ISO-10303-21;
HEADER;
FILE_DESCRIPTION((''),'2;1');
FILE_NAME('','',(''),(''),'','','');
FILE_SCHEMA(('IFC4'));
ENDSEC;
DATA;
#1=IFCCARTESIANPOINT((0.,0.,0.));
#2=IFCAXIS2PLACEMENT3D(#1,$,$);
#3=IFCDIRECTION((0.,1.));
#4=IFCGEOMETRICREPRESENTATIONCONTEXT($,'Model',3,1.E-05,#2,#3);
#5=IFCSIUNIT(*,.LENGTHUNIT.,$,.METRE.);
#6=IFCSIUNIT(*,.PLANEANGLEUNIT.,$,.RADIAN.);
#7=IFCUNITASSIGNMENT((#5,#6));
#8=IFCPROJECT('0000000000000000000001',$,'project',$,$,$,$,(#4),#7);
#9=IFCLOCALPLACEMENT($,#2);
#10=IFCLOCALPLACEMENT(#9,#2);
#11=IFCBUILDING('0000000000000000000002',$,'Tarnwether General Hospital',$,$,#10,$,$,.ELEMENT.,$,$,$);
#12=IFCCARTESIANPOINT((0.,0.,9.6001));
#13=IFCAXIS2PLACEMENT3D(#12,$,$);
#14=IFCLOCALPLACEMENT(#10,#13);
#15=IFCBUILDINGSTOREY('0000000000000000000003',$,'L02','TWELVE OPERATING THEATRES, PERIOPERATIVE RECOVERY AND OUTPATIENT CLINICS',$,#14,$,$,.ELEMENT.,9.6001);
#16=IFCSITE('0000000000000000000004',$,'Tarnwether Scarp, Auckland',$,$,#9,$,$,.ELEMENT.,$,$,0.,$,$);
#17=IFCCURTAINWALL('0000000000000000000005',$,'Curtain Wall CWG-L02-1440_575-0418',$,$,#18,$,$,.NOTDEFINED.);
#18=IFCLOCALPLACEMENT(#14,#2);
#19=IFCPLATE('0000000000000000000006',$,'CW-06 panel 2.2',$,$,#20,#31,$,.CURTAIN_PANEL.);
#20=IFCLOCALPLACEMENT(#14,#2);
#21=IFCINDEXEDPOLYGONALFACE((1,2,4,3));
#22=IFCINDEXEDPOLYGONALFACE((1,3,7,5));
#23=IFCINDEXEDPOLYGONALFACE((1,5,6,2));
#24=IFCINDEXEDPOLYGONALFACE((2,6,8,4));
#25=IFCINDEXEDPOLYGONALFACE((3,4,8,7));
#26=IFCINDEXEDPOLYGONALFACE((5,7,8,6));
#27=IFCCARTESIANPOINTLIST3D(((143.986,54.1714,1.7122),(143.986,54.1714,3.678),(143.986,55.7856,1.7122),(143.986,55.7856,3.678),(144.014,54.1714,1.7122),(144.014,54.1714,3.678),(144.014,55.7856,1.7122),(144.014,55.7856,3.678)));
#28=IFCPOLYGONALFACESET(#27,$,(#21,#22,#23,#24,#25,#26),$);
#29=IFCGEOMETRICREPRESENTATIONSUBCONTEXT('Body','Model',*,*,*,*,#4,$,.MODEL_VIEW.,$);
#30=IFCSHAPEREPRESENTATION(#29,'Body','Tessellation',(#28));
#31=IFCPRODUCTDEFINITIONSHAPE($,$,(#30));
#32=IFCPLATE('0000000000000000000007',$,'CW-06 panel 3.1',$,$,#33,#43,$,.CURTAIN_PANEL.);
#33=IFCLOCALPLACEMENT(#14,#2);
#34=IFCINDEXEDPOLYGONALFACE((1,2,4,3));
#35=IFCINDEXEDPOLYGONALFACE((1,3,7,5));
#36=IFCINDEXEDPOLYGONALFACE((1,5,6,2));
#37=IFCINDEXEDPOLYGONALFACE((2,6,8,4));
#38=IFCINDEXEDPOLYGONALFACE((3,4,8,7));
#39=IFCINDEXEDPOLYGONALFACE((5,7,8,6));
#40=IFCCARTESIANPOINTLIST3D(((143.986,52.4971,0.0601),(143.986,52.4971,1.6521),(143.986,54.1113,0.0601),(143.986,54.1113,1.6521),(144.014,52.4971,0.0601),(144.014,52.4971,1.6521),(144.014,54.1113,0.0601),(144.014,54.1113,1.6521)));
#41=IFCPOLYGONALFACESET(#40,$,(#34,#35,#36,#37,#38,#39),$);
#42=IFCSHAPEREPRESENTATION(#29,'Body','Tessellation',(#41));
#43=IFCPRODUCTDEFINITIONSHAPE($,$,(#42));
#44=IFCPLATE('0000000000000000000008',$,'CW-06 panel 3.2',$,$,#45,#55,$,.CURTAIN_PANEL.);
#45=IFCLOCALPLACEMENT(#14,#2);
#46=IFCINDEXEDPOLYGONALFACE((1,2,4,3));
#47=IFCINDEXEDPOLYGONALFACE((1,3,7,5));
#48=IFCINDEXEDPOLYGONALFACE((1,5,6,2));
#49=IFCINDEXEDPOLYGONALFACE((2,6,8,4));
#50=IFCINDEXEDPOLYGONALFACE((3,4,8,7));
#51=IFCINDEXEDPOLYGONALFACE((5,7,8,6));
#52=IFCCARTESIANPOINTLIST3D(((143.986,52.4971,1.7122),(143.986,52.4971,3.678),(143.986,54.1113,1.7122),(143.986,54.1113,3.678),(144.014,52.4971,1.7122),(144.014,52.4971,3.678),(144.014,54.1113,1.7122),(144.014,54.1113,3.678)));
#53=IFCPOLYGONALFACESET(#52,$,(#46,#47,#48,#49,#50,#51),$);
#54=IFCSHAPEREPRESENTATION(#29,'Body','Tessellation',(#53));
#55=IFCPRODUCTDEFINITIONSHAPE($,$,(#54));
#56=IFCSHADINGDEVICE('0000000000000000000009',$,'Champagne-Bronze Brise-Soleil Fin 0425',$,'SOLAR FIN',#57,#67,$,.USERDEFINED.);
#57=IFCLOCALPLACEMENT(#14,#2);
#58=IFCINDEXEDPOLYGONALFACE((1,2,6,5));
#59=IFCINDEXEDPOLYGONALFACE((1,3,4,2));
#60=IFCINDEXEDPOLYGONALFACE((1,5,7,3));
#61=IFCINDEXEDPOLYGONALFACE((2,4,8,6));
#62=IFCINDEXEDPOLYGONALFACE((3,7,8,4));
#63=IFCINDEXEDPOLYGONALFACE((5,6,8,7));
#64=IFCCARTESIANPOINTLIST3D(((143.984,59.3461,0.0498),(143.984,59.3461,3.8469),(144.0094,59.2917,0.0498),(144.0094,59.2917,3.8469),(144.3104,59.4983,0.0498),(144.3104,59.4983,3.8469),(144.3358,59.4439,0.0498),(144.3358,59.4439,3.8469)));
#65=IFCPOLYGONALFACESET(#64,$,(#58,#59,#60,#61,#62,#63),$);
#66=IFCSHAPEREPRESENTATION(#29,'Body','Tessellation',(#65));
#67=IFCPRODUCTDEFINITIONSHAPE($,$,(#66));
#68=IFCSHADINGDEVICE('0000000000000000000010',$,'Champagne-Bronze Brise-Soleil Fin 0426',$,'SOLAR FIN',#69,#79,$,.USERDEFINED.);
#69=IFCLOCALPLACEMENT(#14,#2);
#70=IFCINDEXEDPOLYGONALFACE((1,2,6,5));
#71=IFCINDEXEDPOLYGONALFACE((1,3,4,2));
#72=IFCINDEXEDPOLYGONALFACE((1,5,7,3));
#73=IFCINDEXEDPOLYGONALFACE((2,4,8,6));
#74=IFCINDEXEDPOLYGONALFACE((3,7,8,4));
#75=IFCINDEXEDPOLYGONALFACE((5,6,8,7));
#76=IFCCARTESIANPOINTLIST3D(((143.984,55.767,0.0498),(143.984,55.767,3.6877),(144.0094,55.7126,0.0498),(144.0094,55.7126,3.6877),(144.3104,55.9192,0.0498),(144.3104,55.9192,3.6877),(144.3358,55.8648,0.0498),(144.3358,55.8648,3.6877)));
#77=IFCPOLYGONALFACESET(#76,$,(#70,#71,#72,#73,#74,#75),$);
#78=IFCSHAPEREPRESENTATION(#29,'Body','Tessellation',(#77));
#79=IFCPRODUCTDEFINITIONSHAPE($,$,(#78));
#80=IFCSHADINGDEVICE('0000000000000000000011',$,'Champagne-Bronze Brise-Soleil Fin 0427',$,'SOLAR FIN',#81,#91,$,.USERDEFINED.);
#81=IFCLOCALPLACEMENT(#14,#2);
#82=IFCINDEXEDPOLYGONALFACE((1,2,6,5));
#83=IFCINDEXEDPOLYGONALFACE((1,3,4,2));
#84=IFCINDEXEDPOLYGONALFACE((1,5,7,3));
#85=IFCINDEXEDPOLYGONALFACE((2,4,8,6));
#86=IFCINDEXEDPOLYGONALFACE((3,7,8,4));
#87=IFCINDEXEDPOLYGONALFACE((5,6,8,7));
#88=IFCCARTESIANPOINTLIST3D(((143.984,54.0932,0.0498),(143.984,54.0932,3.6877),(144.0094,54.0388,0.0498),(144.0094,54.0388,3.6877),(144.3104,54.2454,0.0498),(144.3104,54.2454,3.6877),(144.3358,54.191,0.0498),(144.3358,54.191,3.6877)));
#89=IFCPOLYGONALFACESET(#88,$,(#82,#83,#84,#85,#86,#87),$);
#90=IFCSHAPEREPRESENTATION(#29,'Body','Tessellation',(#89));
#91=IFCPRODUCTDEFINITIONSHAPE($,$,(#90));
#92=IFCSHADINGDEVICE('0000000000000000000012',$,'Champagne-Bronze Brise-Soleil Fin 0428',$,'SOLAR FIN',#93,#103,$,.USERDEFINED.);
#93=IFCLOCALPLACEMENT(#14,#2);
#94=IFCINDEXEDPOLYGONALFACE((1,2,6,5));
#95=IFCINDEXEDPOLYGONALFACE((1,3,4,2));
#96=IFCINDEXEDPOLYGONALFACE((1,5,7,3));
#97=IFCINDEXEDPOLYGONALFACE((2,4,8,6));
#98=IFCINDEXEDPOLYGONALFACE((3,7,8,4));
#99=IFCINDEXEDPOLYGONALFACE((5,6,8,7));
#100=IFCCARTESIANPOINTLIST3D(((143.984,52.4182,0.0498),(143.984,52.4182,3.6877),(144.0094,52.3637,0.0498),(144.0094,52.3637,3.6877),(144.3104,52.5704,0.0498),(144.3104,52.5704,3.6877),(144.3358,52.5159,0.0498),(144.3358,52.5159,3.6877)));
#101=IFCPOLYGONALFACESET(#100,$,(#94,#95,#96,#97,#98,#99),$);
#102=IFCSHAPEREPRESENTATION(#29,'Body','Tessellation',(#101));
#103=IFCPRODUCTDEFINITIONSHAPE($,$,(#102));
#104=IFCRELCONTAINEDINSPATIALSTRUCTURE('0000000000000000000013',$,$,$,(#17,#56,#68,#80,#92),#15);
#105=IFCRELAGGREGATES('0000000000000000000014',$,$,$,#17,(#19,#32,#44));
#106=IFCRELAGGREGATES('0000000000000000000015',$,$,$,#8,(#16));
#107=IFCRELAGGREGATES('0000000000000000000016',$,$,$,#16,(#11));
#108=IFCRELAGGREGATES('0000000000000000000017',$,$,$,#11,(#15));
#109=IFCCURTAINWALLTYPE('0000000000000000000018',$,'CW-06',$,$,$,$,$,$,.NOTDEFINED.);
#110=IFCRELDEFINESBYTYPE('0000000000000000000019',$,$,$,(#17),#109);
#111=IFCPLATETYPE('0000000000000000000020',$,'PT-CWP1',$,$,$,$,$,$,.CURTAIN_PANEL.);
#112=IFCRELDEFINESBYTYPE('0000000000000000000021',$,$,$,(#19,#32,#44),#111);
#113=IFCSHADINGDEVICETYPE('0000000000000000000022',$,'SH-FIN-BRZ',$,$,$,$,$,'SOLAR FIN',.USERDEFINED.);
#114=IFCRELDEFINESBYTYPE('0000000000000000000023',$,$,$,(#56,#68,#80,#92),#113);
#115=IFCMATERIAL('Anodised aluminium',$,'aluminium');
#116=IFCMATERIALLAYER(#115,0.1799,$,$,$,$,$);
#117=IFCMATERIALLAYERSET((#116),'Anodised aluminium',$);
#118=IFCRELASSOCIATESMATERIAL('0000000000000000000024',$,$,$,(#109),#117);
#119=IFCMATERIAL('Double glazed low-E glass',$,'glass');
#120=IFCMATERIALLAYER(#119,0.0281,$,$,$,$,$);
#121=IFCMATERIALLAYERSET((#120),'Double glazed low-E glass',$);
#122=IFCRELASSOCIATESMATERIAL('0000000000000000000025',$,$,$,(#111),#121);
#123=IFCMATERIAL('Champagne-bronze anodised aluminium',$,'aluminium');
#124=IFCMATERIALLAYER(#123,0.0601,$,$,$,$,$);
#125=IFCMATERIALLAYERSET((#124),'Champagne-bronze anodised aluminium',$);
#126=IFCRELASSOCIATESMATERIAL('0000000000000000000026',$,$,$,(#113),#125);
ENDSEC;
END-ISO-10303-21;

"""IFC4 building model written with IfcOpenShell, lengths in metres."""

from ifc_helpers import new_model, si_unit, direction, frame, origin, origin_2d, place, context, subcontext, project, spatial, rectangle, extrude, material, layer, layer_set, type_object, element, aggregate, save


model = new_model("IFC4")

# Units and contexts
model_context = context("Model", 3, precision=1e-05, world=origin(), true_north=direction((0.0, 1.0)))
body_context = subcontext(model_context, "Body", "Model", "MODEL_VIEW")
ifc_project = project(units=[si_unit("LENGTHUNIT", "METRE"), si_unit("PLANEANGLEUNIT", "RADIAN")], contexts=[model_context])

# Site, building, storey
site_placement = place(None, origin())
site = spatial("IfcSite", under=ifc_project, at=site_placement, Name="Tarnwether Scarp, Auckland", CompositionType="ELEMENT", RefElevation=0.0)
building_placement = place(site_placement, origin())
building = spatial("IfcBuilding", under=site, at=building_placement, Name="Tarnwether General Hospital", CompositionType="ELEMENT")
storey_placement = place(building_placement, frame((0.0, 0.0, 9.6001)))
storey = spatial("IfcBuildingStorey", under=building, at=storey_placement, Name="L02", Description="TWELVE OPERATING THEATRES, PERIOPERATIVE RECOVERY AND OUTPATIENT CLINICS", CompositionType="ELEMENT", Elevation=9.6001)

# Curtain wall
ifc_material_1 = material(Name="Anodised aluminium", Category="aluminium")
ifc_layer_1 = layer(ifc_material_1, 0.1799)
ifc_layer_set_1 = layer_set([ifc_layer_1], Name="Anodised aluminium")
curtain_wall_type = type_object("IfcCurtainWallType", Name="CW-06", PredefinedType="NOTDEFINED", material=ifc_layer_set_1)
curtain_wall_1_placement = place(storey_placement, origin())
curtain_wall_1 = element("IfcCurtainWall", 1, at=curtain_wall_1_placement, inside=storey, type_object=curtain_wall_type, Name="Curtain Wall CWG-L02-1440_575-0418", PredefinedType="NOTDEFINED")

# Plates
ifc_material_2 = material(Name="Double glazed low-E glass", Category="glass")
ifc_layer_2 = layer(ifc_material_2, 0.0281)
ifc_layer_set_2 = layer_set([ifc_layer_2], Name="Double glazed low-E glass")
plate_type = type_object("IfcPlateType", Name="PT-CWP1", PredefinedType="CURTAIN_PANEL", material=ifc_layer_set_2)
plate_1_placement = place(storey_placement, frame((144.0, 54.9785, 1.7122), z_axis=(0.0, 0.0, 1.0), x_axis=(0.0, -1.0, 0.0)))
plate_1 = element("IfcPlate", 2, at=plate_1_placement, type_object=plate_type, Name="CW-06 panel 2.2", PredefinedType="CURTAIN_PANEL", context=body_context, shape_type="SweptSolid", body=[
    extrude(rectangle(XDim=1.6143, YDim=0.0281, at=origin_2d()), origin(), (0.0, 0.0, 1.0), 1.9658),
])
plate_2_placement = place(storey_placement, frame((144.0, 53.3042, 0.0601), z_axis=(0.0, 0.0, 1.0), x_axis=(0.0, -1.0, 0.0)))
plate_2 = element("IfcPlate", 3, at=plate_2_placement, type_object=plate_type, Name="CW-06 panel 3.1", PredefinedType="CURTAIN_PANEL", context=body_context, shape_type="SweptSolid", body=[
    extrude(rectangle(XDim=1.6143, YDim=0.0281, at=origin_2d()), origin(), (0.0, 0.0, 1.0), 1.592),
])
plate_3_placement = place(storey_placement, frame((144.0, 53.3042, 1.7122), z_axis=(0.0, 0.0, 1.0), x_axis=(0.0, -1.0, 0.0)))
plate_3 = element("IfcPlate", 4, at=plate_3_placement, type_object=plate_type, Name="CW-06 panel 3.2", PredefinedType="CURTAIN_PANEL", context=body_context, shape_type="SweptSolid", body=[
    extrude(rectangle(XDim=1.6143, YDim=0.0281, at=origin_2d()), origin(), (0.0, 0.0, 1.0), 1.9658),
])
aggregate(curtain_wall_1, [plate_1, plate_2, plate_3])

# Shading devices
ifc_material_3 = material(Name="Champagne-bronze anodised aluminium", Category="aluminium")
ifc_layer_3 = layer(ifc_material_3, 0.0601)
ifc_layer_set_3 = layer_set([ifc_layer_3], Name="Champagne-bronze anodised aluminium")
shading_device_type = type_object("IfcShadingDeviceType", Name="SH-FIN-BRZ", ElementType="SOLAR FIN", PredefinedType="USERDEFINED", material=ifc_layer_set_3)
shading_device_placement = place(storey_placement, frame((144.1599, 59.395, 0.0498), z_axis=(0.0, 0.0, 1.0), x_axis=(0.422618, -0.906308, 0.0)))
element("IfcShadingDevice", 5, at=shading_device_placement, inside=storey, type_object=shading_device_type, Name="Champagne-Bronze Brise-Soleil Fin 0425", ObjectType="SOLAR FIN", PredefinedType="USERDEFINED", context=body_context, shape_type="SweptSolid", body=[
    extrude(rectangle(XDim=0.0601, YDim=0.3601, at=origin_2d()), origin(), (0.0, 0.0, 1.0), 3.7971),
])
for number, where, z_axis, x_axis, name in (
    (6, (144.1599, 55.8159, 0.0498), (0.0, 0.0, 1.0), (0.422618, -0.906308, 0.0), "Champagne-Bronze Brise-Soleil Fin 0426"),
    (7, (144.1599, 54.1421, 0.0498), (0.0, 0.0, 1.0), (0.422618, -0.906308, 0.0), "Champagne-Bronze Brise-Soleil Fin 0427"),
    (8, (144.1599, 52.467, 0.0498), (0.0, 0.0, 1.0), (0.422618, -0.906308, 0.0), "Champagne-Bronze Brise-Soleil Fin 0428"),
):
    element("IfcShadingDevice", number, at=place(storey_placement, frame(where, z_axis=z_axis, x_axis=x_axis)), inside=storey, type_object=shading_device_type, Name=name, ObjectType="SOLAR FIN", PredefinedType="USERDEFINED", context=body_context, shape_type="SweptSolid", body=[
        extrude(rectangle(XDim=0.0601, YDim=0.3601, at=origin_2d()), origin(), (0.0, 0.0, 1.0), 3.6379),
    ])

save(model, "model.ifc")
